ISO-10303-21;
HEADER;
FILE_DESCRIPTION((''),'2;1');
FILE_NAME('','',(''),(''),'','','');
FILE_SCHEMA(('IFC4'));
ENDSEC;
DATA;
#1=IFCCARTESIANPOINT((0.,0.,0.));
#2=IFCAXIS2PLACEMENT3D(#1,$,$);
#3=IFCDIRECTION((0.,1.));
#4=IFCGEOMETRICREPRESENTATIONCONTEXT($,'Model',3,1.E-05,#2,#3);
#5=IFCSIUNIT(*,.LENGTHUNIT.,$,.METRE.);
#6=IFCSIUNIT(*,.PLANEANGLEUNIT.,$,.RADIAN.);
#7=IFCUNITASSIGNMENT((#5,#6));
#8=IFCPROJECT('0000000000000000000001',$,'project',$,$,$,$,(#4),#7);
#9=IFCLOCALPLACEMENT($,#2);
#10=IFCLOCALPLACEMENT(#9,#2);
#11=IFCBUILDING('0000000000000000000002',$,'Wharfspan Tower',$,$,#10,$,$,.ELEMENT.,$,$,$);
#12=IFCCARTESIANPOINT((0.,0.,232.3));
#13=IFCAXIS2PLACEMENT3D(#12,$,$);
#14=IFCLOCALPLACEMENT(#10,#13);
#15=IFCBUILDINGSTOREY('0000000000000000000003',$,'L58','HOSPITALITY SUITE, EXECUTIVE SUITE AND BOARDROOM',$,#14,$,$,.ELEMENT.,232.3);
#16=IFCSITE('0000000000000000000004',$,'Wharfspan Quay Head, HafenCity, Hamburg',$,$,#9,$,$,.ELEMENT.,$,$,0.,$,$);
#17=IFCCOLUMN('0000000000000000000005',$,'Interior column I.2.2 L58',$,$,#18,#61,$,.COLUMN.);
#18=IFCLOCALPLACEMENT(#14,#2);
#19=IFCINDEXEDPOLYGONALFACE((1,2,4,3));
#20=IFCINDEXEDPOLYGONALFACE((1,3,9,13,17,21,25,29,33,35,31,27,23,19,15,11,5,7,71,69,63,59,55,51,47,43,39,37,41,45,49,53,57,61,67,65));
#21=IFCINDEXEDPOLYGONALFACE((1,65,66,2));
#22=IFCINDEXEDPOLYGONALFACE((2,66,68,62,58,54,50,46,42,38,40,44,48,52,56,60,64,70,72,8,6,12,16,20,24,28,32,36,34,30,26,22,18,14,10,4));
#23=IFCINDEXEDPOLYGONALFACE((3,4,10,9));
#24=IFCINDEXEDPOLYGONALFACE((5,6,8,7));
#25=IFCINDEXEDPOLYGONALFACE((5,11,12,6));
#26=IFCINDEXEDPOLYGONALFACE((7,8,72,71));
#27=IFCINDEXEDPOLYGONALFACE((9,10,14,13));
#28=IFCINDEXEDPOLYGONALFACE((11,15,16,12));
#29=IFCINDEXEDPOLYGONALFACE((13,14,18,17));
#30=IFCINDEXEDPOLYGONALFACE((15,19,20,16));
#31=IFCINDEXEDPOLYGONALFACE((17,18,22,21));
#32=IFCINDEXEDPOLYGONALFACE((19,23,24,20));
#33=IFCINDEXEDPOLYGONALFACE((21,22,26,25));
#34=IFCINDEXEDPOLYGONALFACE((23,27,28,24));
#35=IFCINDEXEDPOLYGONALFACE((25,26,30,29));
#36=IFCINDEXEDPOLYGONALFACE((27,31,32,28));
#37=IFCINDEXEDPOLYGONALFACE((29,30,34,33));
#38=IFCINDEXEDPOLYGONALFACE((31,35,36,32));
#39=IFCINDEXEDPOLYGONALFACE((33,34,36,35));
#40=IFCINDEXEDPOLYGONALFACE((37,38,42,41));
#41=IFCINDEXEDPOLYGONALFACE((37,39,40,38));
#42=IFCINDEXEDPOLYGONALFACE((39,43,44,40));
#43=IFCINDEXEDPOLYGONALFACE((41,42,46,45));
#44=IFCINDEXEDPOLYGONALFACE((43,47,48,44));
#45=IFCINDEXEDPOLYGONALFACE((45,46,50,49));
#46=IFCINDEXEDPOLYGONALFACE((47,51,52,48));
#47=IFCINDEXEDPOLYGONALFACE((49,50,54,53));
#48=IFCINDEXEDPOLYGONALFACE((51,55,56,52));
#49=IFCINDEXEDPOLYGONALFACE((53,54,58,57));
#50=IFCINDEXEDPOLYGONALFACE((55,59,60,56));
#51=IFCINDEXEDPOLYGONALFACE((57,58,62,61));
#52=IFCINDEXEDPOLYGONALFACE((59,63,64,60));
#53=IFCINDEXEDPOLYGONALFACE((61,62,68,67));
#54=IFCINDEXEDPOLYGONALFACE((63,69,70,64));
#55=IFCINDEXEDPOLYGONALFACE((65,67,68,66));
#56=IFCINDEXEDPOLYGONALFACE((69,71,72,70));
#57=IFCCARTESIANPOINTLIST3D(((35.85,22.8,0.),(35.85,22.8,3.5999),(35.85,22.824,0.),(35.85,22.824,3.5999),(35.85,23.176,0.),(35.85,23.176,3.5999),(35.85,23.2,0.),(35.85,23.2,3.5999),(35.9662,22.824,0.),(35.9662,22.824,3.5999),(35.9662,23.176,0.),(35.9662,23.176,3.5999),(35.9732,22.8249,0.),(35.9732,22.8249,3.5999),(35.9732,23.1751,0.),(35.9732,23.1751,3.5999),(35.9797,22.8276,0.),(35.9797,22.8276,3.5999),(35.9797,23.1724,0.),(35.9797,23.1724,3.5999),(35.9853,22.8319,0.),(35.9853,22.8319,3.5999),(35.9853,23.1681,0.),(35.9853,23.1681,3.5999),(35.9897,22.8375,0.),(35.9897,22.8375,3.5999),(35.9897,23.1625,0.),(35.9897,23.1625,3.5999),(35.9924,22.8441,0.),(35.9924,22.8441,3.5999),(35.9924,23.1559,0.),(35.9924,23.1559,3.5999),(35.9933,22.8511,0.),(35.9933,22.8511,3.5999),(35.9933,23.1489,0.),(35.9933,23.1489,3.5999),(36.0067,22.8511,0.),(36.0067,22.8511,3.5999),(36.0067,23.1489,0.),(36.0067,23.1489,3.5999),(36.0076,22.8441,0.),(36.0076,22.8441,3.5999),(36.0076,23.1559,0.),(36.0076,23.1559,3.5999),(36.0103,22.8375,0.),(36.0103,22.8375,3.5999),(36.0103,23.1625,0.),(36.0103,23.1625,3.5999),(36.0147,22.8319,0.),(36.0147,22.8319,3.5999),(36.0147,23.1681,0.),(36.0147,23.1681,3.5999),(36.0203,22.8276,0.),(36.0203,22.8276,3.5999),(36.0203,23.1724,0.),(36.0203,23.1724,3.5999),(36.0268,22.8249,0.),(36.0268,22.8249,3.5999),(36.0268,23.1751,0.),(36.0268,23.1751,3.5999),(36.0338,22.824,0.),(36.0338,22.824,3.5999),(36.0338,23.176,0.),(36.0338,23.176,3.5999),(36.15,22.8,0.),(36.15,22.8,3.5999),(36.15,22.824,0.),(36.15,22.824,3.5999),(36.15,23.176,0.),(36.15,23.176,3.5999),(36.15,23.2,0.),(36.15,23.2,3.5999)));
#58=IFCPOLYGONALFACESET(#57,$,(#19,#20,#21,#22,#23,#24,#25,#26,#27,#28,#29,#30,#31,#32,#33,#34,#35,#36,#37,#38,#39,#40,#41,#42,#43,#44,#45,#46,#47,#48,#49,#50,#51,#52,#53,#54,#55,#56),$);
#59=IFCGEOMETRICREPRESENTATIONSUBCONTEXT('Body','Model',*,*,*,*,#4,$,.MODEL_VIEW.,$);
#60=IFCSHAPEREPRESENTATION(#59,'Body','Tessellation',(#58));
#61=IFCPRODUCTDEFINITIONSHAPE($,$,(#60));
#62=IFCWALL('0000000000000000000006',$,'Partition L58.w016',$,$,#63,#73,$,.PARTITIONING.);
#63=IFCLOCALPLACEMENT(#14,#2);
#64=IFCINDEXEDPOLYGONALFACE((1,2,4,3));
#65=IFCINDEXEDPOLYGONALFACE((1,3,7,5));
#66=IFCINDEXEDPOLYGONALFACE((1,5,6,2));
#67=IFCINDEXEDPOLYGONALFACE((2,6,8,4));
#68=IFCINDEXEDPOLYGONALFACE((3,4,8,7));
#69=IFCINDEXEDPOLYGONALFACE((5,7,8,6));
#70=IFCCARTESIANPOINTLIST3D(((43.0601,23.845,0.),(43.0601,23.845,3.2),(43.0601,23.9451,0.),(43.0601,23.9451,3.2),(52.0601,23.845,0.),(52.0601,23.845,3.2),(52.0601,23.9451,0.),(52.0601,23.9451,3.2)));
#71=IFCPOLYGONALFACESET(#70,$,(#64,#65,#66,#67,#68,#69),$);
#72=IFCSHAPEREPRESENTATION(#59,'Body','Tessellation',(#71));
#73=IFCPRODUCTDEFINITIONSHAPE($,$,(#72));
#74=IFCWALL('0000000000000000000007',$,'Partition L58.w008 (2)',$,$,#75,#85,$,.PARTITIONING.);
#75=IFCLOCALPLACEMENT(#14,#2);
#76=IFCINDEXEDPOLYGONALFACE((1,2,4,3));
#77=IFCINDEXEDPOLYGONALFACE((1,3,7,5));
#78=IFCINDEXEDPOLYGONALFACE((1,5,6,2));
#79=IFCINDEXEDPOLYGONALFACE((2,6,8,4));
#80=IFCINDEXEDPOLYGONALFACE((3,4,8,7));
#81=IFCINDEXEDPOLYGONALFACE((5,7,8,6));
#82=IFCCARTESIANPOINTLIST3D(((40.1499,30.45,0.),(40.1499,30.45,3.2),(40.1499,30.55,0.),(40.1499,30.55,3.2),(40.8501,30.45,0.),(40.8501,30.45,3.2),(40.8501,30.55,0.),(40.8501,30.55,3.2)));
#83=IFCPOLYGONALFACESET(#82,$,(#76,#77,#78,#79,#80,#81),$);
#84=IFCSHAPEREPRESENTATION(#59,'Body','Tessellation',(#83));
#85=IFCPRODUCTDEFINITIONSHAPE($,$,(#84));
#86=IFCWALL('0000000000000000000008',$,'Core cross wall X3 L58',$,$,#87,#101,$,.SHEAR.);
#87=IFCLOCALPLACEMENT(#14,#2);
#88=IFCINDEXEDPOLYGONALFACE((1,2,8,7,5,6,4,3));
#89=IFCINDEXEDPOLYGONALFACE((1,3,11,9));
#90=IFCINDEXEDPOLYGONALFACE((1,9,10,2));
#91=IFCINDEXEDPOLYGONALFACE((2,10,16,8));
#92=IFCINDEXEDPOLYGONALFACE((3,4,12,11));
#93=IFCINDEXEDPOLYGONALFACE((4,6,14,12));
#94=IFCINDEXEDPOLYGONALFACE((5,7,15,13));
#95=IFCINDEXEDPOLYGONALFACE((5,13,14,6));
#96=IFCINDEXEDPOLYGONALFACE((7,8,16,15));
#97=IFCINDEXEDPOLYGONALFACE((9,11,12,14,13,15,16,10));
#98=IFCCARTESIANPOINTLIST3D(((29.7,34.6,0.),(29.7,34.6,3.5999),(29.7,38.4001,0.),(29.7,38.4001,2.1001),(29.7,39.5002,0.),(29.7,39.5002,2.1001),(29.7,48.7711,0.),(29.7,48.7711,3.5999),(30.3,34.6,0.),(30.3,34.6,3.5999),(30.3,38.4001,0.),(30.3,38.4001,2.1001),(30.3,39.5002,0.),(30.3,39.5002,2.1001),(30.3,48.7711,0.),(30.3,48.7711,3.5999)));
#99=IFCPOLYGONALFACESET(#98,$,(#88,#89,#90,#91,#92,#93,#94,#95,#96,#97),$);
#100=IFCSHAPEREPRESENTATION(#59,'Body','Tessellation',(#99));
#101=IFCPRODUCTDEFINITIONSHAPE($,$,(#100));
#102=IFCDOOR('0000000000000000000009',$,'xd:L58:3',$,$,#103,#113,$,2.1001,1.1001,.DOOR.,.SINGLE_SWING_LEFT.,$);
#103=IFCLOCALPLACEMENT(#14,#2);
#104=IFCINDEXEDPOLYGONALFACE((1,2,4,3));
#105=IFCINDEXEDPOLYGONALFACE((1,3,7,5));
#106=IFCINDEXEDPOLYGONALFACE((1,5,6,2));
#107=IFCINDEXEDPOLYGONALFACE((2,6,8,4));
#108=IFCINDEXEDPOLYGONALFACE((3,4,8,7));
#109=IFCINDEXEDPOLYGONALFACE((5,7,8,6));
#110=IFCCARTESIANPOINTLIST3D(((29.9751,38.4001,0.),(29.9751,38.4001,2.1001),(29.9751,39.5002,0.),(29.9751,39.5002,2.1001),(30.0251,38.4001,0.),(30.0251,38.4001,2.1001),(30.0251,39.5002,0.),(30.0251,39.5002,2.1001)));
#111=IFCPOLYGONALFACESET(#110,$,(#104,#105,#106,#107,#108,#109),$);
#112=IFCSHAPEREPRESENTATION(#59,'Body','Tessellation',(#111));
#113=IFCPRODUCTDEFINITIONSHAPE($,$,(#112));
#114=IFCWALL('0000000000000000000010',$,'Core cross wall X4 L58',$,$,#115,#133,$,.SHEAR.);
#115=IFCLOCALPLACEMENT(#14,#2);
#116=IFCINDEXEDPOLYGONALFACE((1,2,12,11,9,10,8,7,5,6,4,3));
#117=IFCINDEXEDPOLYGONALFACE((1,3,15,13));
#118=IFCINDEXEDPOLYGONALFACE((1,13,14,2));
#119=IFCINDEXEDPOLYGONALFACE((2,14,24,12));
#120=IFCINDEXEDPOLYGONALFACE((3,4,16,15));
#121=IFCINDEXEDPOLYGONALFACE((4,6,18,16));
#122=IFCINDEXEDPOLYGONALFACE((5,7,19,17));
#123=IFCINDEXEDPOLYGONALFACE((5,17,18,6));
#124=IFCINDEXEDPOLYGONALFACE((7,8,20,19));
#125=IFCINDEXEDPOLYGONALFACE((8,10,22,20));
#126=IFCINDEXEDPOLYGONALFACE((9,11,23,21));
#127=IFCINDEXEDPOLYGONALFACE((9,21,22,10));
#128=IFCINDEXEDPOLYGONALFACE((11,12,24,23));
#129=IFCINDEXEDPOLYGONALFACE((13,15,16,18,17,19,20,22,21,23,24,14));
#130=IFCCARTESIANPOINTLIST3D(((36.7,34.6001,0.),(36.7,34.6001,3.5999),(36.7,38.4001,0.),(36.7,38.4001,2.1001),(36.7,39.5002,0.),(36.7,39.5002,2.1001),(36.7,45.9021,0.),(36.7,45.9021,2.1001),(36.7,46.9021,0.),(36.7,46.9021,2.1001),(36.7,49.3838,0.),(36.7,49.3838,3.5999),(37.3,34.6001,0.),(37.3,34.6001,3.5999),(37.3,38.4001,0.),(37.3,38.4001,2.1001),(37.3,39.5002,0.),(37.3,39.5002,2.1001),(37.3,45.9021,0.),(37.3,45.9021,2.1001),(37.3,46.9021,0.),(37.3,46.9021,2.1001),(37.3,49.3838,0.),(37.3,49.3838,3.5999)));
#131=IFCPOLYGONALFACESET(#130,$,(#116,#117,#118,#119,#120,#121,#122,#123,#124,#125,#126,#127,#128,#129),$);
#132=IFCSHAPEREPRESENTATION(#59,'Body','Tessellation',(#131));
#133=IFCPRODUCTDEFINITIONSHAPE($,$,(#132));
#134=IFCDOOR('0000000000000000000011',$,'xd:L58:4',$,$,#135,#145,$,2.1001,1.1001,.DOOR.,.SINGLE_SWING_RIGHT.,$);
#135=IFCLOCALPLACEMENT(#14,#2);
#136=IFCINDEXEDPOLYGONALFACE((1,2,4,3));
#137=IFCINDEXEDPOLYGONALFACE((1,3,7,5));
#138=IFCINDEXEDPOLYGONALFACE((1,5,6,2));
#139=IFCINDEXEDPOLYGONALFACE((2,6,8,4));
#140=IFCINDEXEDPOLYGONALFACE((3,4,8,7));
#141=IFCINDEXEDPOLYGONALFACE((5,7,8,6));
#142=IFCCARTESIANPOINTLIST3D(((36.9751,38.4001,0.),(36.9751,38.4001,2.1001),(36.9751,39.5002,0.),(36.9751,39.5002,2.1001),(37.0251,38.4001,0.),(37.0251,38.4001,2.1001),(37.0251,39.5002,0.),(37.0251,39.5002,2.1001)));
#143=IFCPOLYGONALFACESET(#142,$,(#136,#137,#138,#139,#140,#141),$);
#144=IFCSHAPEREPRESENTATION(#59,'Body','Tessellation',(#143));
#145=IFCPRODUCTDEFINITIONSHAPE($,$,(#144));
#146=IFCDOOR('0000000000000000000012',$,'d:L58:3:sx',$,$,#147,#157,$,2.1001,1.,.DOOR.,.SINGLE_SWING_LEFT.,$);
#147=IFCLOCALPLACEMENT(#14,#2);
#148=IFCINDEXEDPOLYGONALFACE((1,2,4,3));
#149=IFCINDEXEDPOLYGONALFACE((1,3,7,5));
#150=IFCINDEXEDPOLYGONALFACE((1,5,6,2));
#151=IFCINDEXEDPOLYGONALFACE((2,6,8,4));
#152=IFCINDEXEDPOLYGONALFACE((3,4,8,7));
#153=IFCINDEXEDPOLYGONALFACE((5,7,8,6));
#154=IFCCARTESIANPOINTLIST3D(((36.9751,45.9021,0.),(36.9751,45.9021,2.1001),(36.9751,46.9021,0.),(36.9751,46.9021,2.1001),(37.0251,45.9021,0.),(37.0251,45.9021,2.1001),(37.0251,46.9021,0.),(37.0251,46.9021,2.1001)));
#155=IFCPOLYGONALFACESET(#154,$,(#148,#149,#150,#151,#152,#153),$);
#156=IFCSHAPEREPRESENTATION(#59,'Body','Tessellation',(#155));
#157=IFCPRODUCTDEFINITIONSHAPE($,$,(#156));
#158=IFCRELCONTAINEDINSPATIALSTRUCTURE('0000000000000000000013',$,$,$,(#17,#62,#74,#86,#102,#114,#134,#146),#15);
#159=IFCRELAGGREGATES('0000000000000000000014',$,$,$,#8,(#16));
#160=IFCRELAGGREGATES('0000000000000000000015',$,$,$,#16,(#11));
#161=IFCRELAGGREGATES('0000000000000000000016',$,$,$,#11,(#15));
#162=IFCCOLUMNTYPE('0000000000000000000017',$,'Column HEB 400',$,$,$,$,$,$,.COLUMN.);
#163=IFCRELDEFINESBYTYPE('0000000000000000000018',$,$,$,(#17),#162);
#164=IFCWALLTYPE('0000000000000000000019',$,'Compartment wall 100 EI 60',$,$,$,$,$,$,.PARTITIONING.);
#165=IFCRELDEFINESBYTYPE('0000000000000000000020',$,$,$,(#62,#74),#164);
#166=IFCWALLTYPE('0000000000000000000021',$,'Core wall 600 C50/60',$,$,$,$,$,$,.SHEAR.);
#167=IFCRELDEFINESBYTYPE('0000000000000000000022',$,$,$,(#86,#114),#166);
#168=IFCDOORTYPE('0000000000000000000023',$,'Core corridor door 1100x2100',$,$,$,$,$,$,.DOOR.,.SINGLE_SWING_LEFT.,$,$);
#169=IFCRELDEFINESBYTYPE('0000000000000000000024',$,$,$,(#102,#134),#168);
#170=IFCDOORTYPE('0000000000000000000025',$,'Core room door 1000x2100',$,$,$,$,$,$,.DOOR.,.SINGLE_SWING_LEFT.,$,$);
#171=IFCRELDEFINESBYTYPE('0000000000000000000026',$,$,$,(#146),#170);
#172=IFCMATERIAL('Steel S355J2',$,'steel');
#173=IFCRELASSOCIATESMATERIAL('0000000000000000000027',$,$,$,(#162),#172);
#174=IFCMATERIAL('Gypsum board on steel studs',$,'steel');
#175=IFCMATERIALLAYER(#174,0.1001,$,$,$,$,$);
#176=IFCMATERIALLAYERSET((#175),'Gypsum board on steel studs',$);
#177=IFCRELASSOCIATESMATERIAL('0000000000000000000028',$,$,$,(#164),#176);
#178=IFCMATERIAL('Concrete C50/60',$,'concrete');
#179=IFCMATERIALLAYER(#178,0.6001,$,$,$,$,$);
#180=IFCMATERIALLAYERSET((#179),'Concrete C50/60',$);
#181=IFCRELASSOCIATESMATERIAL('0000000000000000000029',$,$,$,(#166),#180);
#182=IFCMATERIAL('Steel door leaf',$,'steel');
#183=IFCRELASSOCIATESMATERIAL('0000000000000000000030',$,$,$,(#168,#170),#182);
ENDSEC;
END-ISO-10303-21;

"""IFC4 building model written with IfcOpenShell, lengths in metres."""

from ifc_helpers import new_model, si_unit, direction, frame, frame_2d, origin, origin_2d, place, context, subcontext, project, spatial, rectangle, i_section, extrude, material, layer, layer_set, material_profile, profile_set, type_object, element, fill, save


model = new_model("IFC4")

# Units and contexts
model_context = context("Model", 3, precision=1e-05, world=origin(), true_north=direction((0.0, 1.0)))
body_context = subcontext(model_context, "Body", "Model", "MODEL_VIEW")
ifc_project = project(units=[si_unit("LENGTHUNIT", "METRE"), si_unit("PLANEANGLEUNIT", "RADIAN")], contexts=[model_context])

# Site, building, storey
site_placement = place(None, origin())
site = spatial("IfcSite", under=ifc_project, at=site_placement, Name="Wharfspan Quay Head, HafenCity, Hamburg", CompositionType="ELEMENT", RefElevation=0.0)
building_placement = place(site_placement, origin())
building = spatial("IfcBuilding", under=site, at=building_placement, Name="Wharfspan Tower", CompositionType="ELEMENT")
storey_placement = place(building_placement, frame((0.0, 0.0, 232.3)))
storey = spatial("IfcBuildingStorey", under=building, at=storey_placement, Name="L58", Description="HOSPITALITY SUITE, EXECUTIVE SUITE AND BOARDROOM", CompositionType="ELEMENT", Elevation=232.3)

# Column
ifc_material_1 = material(Name="Steel S355J2", Category="steel")
ifc_material_profile = material_profile(ifc_material_1, i_section(OverallWidth=0.3, OverallDepth=0.3999, WebThickness=0.0134, FlangeThickness=0.0239, FilletRadius=0.0271, at=origin_2d()))
ifc_profile_set = profile_set([ifc_material_profile], Name="Steel S355J2")
column_type = type_object("IfcColumnType", Name="Column HEB 400", PredefinedType="COLUMN", material=ifc_profile_set)
column_placement = place(storey_placement, frame((36.0, 23.0, 0.0), z_axis=(0.0, 0.0, 1.0), x_axis=(1.0, 0.0, 0.0)))
element("IfcColumn", 1, at=column_placement, inside=storey, type_object=column_type, Name="Interior column I.2.2 L58", PredefinedType="COLUMN", context=body_context, shape_type="SweptSolid", body=[
    extrude(i_section(OverallWidth=0.3, OverallDepth=0.3999, WebThickness=0.0134, FlangeThickness=0.0239, FilletRadius=0.0271, at=origin_2d()), origin(), (0.0, 0.0, 1.0), 3.5999),
])

# Walls
ifc_material_2 = material(Name="Gypsum board on steel studs", Category="steel")
ifc_layer_1 = layer(ifc_material_2, 0.1001)
ifc_layer_set_1 = layer_set([ifc_layer_1], Name="Gypsum board on steel studs")
wall_type_1 = type_object("IfcWallType", Name="Compartment wall 100 EI 60", PredefinedType="PARTITIONING", material=ifc_layer_set_1)
wall_1_placement = place(storey_placement, frame((43.0601, 23.895, 0.0), z_axis=(0.0, 0.0, 1.0), x_axis=(1.0, 0.0, 0.0)))
element("IfcWall", 2, at=wall_1_placement, inside=storey, type_object=wall_type_1, Name="Partition L58.w016", PredefinedType="PARTITIONING", context=body_context, shape_type="SweptSolid", body=[
    extrude(rectangle(XDim=9.0, YDim=0.1001, at=frame_2d((4.5, 0.0))), origin(), (0.0, 0.0, 1.0), 3.2),
])
wall_2_placement = place(storey_placement, frame((40.1499, 30.5, 0.0), z_axis=(0.0, 0.0, 1.0), x_axis=(1.0, 0.0, 0.0)))
element("IfcWall", 3, at=wall_2_placement, inside=storey, type_object=wall_type_1, Name="Partition L58.w008 (2)", PredefinedType="PARTITIONING", context=body_context, shape_type="SweptSolid", body=[
    extrude(rectangle(XDim=0.7002, YDim=0.1001, at=frame_2d((0.3501, 0.0))), origin(), (0.0, 0.0, 1.0), 3.2),
])

# Wall, opening, door
ifc_material_3 = material(Name="Concrete C50/60", Category="concrete")
ifc_layer_2 = layer(ifc_material_3, 0.6001)
ifc_layer_set_2 = layer_set([ifc_layer_2], Name="Concrete C50/60")
wall_type_2 = type_object("IfcWallType", Name="Core wall 600 C50/60", PredefinedType="SHEAR", material=ifc_layer_set_2)
wall_3_placement = place(storey_placement, frame((30.0, 34.6001, 0.0), z_axis=(0.0, 0.0, 1.0), x_axis=(0.0, 1.0, 0.0)))
wall_3 = element("IfcWall", 4, at=wall_3_placement, inside=storey, type_object=wall_type_2, Name="Core cross wall X3 L58", PredefinedType="SHEAR", context=body_context, shape_type="SweptSolid", body=[
    extrude(rectangle(XDim=14.1711, YDim=0.6001, at=frame_2d((7.0854, 0.0))), origin(), (0.0, 0.0, 1.0), 3.5999),
])
opening_1_placement = place(wall_3_placement, frame((3.8, 0.0, 0.0)))
opening_1 = element("IfcOpeningElement", 5, at=opening_1_placement, cuts=wall_3, PredefinedType="OPENING", context=body_context, shape_type="SweptSolid", body=[
    extrude(rectangle(XDim=1.1001, YDim=2.1001, at=frame_2d((0.55, 1.05))), frame((0.0, 0.3101, 0.0), z_axis=(0.0, -1.0, 0.0), x_axis=(1.0, 0.0, 0.0)), (0.0, 0.0, 1.0), 0.6201),
])
ifc_material_4 = material(Name="Steel door leaf", Category="steel")
door_type_1 = type_object("IfcDoorType", Name="Core corridor door 1100x2100", OperationType="SINGLE_SWING_LEFT", PredefinedType="DOOR", material=ifc_material_4)
door_1_placement = place(opening_1_placement, origin())
door_1 = element("IfcDoor", 6, at=door_1_placement, inside=storey, type_object=door_type_1, Name="xd:L58:3", OperationType="SINGLE_SWING_LEFT", OverallHeight=2.1001, OverallWidth=1.1001, PredefinedType="DOOR", context=body_context, shape_type="SweptSolid", body=[
    extrude(rectangle(XDim=1.1001, YDim=2.1001, at=frame_2d((0.55, 1.05))), frame((0.0, 0.0249, 0.0), z_axis=(0.0, -1.0, 0.0), x_axis=(1.0, 0.0, 0.0)), (0.0, 0.0, 1.0), 0.05),
])
fill(opening_1, door_1)

# Wall, openings, doors
wall_4_placement = place(storey_placement, frame((37.0, 34.6001, 0.0), z_axis=(0.0, 0.0, 1.0), x_axis=(0.0, 1.0, 0.0)))
wall_4 = element("IfcWall", 7, at=wall_4_placement, inside=storey, type_object=wall_type_2, Name="Core cross wall X4 L58", PredefinedType="SHEAR", context=body_context, shape_type="SweptSolid", body=[
    extrude(rectangle(XDim=14.7837, YDim=0.6001, at=frame_2d((7.3918, 0.0))), origin(), (0.0, 0.0, 1.0), 3.5999),
])
opening_2_placement = place(wall_4_placement, frame((11.302, 0.0, 0.0)))
opening_2 = element("IfcOpeningElement", 8, at=opening_2_placement, cuts=wall_4, PredefinedType="OPENING", context=body_context, shape_type="SweptSolid", body=[
    extrude(rectangle(XDim=1.0, YDim=2.1001, at=frame_2d((0.5, 1.05))), frame((0.0, 0.3101, 0.0), z_axis=(0.0, -1.0, 0.0), x_axis=(1.0, 0.0, 0.0)), (0.0, 0.0, 1.0), 0.6201),
])
opening_3_placement = place(wall_4_placement, frame((3.8, 0.0, 0.0)))
opening_3 = element("IfcOpeningElement", 9, at=opening_3_placement, cuts=wall_4, PredefinedType="OPENING", context=body_context, shape_type="SweptSolid", body=[
    extrude(rectangle(XDim=1.1001, YDim=2.1001, at=frame_2d((0.55, 1.05))), frame((0.0, 0.3101, 0.0), z_axis=(0.0, -1.0, 0.0), x_axis=(1.0, 0.0, 0.0)), (0.0, 0.0, 1.0), 0.6201),
])
door_2_placement = place(opening_3_placement, origin())
door_2 = element("IfcDoor", 10, at=door_2_placement, inside=storey, type_object=door_type_1, Name="xd:L58:4", OperationType="SINGLE_SWING_RIGHT", OverallHeight=2.1001, OverallWidth=1.1001, PredefinedType="DOOR", context=body_context, shape_type="SweptSolid", body=[
    extrude(rectangle(XDim=1.1001, YDim=2.1001, at=frame_2d((0.55, 1.05))), frame((0.0, 0.0249, 0.0), z_axis=(0.0, -1.0, 0.0), x_axis=(1.0, 0.0, 0.0)), (0.0, 0.0, 1.0), 0.05),
])
fill(opening_3, door_2)
door_type_2 = type_object("IfcDoorType", Name="Core room door 1000x2100", OperationType="SINGLE_SWING_LEFT", PredefinedType="DOOR", material=ifc_material_4)
door_3_placement = place(opening_2_placement, origin())
door_3 = element("IfcDoor", 11, at=door_3_placement, inside=storey, type_object=door_type_2, Name="d:L58:3:sx", OperationType="SINGLE_SWING_LEFT", OverallHeight=2.1001, OverallWidth=1.0, PredefinedType="DOOR", context=body_context, shape_type="SweptSolid", body=[
    extrude(rectangle(XDim=1.0, YDim=2.1001, at=frame_2d((0.5, 1.05))), frame((0.0, 0.0249, 0.0), z_axis=(0.0, -1.0, 0.0), x_axis=(1.0, 0.0, 0.0)), (0.0, 0.0, 1.0), 0.05),
])
fill(opening_2, door_3)

save(model, "model.ifc")
